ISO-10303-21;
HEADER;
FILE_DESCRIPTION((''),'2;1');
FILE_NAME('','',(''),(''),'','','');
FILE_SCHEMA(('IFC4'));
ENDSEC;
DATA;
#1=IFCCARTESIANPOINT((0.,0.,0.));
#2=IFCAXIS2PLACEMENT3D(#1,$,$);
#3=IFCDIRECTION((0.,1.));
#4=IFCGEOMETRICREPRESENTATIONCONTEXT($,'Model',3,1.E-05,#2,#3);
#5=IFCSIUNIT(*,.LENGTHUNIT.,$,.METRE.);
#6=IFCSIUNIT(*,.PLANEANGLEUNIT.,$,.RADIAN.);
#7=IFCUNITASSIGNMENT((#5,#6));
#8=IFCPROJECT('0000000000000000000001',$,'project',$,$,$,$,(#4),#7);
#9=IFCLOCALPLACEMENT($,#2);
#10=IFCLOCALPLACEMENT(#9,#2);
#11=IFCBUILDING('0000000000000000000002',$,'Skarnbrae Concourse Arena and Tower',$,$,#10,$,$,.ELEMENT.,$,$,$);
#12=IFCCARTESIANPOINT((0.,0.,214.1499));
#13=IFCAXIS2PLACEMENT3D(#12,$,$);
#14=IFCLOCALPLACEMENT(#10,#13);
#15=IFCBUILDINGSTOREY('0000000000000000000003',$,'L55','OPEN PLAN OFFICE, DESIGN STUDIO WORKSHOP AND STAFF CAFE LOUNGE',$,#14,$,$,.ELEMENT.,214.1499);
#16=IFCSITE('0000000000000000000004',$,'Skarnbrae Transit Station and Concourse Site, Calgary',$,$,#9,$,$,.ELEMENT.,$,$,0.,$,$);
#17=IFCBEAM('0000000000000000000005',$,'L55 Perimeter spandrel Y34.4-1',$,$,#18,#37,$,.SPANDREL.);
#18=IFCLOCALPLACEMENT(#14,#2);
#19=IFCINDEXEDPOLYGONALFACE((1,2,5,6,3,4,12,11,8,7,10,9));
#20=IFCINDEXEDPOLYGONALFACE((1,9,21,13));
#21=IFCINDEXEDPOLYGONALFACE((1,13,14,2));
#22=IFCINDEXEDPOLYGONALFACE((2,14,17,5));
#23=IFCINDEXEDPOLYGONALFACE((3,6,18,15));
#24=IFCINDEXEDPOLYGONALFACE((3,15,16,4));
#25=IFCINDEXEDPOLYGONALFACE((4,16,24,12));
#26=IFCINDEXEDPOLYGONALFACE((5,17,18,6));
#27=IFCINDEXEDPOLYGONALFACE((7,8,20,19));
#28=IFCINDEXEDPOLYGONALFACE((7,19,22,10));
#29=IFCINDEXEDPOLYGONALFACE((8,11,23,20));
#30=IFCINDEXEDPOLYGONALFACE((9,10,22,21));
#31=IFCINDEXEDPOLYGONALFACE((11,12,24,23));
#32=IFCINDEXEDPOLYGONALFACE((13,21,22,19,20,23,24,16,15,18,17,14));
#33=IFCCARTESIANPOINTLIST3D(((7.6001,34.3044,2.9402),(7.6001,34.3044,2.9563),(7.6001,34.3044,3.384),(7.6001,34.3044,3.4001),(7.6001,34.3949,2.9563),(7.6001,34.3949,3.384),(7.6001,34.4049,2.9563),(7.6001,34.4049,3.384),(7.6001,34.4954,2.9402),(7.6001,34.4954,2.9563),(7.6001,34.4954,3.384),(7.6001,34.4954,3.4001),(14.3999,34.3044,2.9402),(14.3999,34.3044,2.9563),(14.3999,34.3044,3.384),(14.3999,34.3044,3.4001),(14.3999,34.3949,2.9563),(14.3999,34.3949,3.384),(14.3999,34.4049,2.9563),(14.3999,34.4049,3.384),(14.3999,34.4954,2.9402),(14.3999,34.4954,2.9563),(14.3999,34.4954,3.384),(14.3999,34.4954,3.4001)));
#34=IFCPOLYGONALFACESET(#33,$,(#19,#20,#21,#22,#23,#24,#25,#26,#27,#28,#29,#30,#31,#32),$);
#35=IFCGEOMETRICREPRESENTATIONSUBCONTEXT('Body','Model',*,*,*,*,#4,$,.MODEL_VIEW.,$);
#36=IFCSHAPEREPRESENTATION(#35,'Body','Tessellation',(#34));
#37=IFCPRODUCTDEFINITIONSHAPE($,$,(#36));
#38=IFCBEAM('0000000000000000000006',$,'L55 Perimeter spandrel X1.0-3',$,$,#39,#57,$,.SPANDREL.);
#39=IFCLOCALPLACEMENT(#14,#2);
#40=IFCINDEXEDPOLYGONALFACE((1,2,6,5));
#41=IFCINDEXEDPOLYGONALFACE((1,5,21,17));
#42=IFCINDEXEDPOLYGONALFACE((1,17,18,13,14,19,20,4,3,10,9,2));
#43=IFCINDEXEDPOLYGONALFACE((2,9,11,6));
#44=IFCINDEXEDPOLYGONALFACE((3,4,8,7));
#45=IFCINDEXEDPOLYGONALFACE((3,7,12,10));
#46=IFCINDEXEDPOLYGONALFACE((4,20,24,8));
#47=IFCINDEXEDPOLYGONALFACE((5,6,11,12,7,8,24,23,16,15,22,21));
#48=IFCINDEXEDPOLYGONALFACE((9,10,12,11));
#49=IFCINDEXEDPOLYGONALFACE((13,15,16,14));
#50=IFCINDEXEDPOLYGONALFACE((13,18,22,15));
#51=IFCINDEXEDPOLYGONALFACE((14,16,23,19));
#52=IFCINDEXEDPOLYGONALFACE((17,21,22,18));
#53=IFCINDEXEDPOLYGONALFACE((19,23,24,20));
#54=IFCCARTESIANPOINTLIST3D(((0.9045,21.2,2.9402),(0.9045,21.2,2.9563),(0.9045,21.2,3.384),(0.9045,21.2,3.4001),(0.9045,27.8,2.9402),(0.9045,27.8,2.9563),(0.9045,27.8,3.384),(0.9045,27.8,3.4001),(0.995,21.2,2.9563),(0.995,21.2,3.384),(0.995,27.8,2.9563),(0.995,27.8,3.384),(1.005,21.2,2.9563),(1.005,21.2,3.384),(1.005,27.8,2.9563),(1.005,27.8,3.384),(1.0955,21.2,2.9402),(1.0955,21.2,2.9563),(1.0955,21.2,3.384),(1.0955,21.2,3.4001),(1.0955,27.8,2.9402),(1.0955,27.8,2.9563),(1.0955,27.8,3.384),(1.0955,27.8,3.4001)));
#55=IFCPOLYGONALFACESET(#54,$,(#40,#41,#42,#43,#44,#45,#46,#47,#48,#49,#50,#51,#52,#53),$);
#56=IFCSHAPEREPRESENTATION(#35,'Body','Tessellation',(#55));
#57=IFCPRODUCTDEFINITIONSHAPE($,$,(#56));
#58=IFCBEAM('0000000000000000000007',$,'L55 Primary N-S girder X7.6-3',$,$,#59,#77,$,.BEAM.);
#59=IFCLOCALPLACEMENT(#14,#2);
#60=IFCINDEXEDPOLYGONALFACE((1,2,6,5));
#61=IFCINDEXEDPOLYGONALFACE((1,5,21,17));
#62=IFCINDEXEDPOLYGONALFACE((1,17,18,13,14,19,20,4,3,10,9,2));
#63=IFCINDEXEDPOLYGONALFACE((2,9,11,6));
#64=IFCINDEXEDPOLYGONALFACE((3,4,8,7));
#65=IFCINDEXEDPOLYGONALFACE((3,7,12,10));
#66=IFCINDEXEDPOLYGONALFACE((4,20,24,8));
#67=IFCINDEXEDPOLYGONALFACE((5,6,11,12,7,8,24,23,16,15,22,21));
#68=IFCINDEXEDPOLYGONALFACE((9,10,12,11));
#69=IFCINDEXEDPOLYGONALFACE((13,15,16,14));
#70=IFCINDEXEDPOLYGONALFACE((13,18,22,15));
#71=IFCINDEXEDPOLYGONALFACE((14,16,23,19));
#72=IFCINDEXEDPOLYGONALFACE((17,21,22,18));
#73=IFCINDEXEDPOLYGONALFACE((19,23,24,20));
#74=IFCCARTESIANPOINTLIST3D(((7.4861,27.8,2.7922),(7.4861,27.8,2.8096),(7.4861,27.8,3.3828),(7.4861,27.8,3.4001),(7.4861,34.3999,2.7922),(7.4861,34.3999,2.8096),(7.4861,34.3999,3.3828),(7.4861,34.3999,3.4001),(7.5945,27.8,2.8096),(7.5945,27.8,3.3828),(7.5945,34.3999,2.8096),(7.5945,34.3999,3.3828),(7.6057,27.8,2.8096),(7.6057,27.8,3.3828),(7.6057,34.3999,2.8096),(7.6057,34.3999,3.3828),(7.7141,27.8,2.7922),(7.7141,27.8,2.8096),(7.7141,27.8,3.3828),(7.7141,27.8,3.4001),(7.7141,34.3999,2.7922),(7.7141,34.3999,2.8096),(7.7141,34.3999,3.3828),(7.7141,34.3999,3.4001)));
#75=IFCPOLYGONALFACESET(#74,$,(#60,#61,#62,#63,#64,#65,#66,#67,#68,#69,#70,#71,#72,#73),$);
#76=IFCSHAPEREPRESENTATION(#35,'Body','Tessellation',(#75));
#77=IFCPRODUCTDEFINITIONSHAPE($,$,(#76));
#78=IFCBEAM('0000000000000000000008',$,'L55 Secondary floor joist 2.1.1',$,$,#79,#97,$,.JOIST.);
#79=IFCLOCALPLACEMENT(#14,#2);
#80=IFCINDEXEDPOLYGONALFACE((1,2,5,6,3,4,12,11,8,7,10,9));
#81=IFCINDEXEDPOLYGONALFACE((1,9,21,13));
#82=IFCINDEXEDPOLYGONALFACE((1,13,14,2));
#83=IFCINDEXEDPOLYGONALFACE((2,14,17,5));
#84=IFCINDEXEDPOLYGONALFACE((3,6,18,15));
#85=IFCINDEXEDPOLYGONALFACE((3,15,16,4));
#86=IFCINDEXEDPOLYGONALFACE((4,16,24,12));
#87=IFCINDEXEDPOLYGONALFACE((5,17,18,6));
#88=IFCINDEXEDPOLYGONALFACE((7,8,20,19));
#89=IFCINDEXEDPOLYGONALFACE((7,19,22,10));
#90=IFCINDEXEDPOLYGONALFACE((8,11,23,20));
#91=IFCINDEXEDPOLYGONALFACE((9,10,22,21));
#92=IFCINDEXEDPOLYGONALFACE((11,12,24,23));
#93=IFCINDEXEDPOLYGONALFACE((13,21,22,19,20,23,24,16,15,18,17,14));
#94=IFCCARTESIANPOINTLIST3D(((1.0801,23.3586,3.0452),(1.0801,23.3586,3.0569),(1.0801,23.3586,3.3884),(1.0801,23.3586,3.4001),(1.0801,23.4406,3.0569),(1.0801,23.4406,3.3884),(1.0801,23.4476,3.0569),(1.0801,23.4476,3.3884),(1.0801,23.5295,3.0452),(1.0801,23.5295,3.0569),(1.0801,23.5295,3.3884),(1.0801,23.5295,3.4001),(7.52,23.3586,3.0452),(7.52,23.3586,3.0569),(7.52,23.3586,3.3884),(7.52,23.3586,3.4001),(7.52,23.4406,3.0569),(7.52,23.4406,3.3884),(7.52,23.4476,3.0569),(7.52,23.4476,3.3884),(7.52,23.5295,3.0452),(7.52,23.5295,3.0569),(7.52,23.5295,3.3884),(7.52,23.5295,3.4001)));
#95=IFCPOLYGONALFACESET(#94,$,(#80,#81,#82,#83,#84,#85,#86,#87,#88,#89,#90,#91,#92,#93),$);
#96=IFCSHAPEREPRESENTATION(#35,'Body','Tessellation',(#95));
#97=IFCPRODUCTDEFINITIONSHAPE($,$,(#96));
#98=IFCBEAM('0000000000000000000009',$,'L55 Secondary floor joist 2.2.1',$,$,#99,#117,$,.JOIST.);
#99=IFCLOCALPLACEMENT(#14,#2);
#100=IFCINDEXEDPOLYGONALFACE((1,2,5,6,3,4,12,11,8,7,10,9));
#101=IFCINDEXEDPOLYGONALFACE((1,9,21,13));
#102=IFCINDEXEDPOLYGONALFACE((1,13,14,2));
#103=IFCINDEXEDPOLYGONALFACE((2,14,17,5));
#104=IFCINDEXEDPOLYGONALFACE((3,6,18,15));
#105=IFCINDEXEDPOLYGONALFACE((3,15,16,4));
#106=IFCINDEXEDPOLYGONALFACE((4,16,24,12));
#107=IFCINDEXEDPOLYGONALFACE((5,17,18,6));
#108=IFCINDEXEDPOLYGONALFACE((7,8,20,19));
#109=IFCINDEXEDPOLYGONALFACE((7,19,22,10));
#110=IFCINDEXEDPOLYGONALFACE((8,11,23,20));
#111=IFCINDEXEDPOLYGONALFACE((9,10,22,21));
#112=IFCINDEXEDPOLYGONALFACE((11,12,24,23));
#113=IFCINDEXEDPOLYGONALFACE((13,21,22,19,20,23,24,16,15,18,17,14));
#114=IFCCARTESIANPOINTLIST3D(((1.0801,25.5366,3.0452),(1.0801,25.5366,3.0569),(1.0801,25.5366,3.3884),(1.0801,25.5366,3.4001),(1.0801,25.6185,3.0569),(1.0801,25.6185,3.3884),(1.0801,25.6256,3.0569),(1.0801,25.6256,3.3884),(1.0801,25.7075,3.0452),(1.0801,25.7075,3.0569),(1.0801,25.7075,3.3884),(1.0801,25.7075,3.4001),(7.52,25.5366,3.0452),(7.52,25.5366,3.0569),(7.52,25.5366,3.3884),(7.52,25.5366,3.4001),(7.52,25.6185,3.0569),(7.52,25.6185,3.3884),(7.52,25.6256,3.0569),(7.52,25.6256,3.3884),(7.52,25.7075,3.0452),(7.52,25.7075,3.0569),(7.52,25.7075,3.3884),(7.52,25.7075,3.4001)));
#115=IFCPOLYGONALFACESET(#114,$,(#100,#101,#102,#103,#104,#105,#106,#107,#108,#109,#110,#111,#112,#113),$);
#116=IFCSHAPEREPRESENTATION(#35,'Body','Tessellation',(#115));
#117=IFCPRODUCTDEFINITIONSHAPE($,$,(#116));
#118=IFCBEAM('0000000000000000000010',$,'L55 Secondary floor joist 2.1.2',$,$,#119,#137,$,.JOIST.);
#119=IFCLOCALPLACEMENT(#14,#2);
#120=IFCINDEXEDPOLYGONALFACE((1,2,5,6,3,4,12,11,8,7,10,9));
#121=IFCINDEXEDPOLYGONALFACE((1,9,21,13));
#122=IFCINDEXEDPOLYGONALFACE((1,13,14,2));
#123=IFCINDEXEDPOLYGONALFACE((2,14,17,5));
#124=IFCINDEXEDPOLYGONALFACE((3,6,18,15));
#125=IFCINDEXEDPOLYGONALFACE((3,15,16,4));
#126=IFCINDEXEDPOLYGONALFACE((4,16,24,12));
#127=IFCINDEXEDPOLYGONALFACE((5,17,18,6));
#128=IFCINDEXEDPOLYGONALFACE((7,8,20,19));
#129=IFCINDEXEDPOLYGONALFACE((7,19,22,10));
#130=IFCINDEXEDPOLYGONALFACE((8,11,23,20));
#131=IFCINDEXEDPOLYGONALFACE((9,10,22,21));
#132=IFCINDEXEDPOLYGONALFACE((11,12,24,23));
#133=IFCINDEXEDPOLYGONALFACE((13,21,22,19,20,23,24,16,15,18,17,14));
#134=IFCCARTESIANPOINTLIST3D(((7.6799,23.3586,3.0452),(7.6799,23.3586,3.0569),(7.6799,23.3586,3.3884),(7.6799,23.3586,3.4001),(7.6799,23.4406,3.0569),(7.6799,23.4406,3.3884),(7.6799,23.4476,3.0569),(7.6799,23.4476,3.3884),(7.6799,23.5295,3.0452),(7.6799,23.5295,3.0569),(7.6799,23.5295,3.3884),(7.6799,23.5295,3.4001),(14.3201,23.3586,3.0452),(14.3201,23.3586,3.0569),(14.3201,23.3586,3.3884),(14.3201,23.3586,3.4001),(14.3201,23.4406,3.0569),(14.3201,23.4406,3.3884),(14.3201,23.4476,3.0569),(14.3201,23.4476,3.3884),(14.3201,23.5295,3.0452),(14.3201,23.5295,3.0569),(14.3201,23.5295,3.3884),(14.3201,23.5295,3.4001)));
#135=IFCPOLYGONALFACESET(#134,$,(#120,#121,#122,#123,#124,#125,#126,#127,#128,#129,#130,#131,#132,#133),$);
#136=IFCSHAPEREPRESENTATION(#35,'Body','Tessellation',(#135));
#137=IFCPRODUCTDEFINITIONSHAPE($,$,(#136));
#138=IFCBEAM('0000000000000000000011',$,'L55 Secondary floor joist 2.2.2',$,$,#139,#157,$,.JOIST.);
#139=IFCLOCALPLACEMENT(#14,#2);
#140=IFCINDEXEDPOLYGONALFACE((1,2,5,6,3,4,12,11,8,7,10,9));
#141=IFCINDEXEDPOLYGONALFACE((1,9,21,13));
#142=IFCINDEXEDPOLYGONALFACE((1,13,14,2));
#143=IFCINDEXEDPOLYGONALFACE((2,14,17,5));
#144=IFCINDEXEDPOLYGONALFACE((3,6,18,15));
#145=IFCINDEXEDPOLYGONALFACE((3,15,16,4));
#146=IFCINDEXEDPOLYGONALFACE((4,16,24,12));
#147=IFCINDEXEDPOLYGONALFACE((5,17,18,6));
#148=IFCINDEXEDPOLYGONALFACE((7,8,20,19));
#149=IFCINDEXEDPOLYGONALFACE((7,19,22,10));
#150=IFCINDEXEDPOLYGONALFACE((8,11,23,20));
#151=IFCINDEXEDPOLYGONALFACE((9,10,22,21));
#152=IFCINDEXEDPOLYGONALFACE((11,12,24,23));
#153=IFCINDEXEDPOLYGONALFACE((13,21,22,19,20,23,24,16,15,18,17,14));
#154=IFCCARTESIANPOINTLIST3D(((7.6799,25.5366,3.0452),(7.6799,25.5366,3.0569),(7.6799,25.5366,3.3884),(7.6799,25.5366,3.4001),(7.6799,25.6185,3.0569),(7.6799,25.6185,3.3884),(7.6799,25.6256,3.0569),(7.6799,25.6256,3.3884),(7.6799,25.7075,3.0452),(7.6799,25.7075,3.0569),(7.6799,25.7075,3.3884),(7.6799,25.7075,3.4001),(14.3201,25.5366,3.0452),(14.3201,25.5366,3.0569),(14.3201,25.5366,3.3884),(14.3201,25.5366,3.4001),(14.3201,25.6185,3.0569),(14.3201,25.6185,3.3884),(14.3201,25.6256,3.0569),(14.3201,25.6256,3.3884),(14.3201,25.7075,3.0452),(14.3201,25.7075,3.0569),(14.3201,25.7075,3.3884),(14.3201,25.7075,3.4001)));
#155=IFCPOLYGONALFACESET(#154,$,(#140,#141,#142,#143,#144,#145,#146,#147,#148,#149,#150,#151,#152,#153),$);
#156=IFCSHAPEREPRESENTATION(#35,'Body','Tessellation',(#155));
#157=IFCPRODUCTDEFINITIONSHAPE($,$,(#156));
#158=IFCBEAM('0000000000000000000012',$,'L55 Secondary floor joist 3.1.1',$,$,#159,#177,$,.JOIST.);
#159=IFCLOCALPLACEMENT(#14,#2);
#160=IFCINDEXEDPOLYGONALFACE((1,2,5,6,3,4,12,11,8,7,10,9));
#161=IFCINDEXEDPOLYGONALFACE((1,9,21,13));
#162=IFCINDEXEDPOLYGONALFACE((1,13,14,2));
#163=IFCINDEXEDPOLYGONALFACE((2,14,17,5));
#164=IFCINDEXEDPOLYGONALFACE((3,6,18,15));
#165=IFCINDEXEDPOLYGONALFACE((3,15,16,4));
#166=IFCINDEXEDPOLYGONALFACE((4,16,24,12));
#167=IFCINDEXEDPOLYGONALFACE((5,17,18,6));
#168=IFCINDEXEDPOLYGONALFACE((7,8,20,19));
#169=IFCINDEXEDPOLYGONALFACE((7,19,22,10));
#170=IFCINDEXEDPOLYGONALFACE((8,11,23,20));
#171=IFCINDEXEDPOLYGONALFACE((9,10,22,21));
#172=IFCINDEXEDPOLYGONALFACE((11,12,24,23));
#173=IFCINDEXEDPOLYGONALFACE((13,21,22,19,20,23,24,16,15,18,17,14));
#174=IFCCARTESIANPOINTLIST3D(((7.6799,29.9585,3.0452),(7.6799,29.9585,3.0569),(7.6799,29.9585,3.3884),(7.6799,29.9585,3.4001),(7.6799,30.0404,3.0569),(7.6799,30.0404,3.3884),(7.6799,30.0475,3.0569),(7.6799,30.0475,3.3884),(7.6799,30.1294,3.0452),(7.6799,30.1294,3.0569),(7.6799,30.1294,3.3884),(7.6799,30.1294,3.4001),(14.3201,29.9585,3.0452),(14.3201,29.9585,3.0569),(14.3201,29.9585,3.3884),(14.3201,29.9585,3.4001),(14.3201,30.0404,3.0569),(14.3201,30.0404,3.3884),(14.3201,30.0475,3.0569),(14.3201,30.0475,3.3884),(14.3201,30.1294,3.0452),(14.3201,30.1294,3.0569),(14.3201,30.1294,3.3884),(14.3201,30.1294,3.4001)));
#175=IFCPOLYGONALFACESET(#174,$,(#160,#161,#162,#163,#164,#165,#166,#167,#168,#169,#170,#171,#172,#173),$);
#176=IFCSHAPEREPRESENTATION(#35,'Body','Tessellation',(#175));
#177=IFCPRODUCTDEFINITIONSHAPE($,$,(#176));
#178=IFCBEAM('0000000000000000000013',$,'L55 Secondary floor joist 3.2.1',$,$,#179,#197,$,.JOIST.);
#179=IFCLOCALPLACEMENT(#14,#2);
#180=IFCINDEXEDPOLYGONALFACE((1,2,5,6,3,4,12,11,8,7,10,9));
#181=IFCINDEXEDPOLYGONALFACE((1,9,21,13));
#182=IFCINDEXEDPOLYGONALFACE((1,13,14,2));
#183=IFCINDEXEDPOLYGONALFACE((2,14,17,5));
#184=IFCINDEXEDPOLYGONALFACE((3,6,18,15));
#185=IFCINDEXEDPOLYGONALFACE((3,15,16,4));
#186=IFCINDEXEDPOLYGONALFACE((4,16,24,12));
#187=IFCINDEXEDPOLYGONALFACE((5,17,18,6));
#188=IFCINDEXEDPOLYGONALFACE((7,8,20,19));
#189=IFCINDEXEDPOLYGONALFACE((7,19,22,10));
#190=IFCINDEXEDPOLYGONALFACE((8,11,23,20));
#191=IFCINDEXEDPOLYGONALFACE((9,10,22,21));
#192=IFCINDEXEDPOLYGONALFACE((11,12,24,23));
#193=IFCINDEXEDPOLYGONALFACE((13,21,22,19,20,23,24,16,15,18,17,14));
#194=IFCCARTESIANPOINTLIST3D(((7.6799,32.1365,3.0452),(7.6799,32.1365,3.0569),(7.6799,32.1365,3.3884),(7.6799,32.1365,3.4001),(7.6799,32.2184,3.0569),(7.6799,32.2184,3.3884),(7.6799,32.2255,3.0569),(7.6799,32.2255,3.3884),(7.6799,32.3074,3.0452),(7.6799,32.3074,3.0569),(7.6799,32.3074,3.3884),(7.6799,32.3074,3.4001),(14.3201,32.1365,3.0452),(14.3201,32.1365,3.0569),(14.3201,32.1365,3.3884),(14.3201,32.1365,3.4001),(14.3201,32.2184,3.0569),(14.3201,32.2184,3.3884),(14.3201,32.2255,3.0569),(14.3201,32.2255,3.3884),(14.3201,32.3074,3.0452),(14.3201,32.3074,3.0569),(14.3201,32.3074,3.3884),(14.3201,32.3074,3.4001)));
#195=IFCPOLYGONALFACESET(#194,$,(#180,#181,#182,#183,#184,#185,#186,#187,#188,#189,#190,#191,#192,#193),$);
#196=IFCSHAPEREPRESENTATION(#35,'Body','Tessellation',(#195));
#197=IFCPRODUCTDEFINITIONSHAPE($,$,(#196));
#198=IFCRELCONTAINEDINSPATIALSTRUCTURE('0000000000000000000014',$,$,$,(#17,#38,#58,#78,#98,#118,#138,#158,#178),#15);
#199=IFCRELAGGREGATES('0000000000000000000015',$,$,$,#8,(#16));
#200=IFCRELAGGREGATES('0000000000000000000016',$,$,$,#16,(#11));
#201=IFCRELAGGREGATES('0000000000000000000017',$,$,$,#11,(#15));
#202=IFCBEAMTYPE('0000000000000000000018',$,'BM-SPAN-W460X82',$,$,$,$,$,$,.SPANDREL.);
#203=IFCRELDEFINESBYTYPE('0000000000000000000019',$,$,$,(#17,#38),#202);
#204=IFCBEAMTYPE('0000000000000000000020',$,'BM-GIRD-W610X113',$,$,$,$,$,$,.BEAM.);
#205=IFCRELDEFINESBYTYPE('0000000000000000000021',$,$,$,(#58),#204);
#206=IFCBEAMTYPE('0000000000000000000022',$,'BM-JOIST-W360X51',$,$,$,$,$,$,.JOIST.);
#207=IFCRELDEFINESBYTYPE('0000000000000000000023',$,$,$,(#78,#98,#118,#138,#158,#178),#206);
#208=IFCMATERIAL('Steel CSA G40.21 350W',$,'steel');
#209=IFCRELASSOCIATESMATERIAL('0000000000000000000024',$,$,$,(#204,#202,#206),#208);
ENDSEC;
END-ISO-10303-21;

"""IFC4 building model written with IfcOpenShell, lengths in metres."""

from ifc_helpers import new_model, si_unit, direction, frame, origin, origin_2d, place, context, subcontext, project, spatial, i_section, extrude, source, transform, mapped, material, material_profile, profile_set, type_object, element, save


model = new_model("IFC4")

# Units and contexts
model_context = context("Model", 3, precision=1e-05, world=origin(), true_north=direction((0.0, 1.0)))
body_context = subcontext(model_context, "Body", "Model", "MODEL_VIEW")
ifc_project = project(units=[si_unit("LENGTHUNIT", "METRE"), si_unit("PLANEANGLEUNIT", "RADIAN")], contexts=[model_context])

# Site, building, storey
site_placement = place(None, origin())
site = spatial("IfcSite", under=ifc_project, at=site_placement, Name="Skarnbrae Transit Station and Concourse Site, Calgary", CompositionType="ELEMENT", RefElevation=0.0)
building_placement = place(site_placement, origin())
building = spatial("IfcBuilding", under=site, at=building_placement, Name="Skarnbrae Concourse Arena and Tower", CompositionType="ELEMENT")
storey_placement = place(building_placement, frame((0.0, 0.0, 214.1499)))
storey = spatial("IfcBuildingStorey", under=building, at=storey_placement, Name="L55", Description="OPEN PLAN OFFICE, DESIGN STUDIO WORKSHOP AND STAFF CAFE LOUNGE", CompositionType="ELEMENT", Elevation=214.1499)

# Shared definitions
ifc_material_1 = material(Name="Steel CSA G40.21 350W", Category="steel")

# Beams
ifc_material_profile_1 = material_profile(ifc_material_1, i_section(OverallWidth=0.228, OverallDepth=0.6079, WebThickness=0.0112, FlangeThickness=0.0173, at=origin_2d()), Name="W610X113")
ifc_profile_set_1 = profile_set([ifc_material_profile_1], Name="Steel CSA G40.21 350W")
beam_type_1 = type_object("IfcBeamType", Name="BM-GIRD-W610X113", PredefinedType="BEAM", material=ifc_profile_set_1)
ifc_material_profile_2 = material_profile(ifc_material_1, i_section(OverallWidth=0.1909, OverallDepth=0.46, WebThickness=0.01, FlangeThickness=0.0161, at=origin_2d()), Name="W460X82")
ifc_profile_set_2 = profile_set([ifc_material_profile_2], Name="Steel CSA G40.21 350W")
beam_type_2 = type_object("IfcBeamType", Name="BM-SPAN-W460X82", PredefinedType="SPANDREL", material=ifc_profile_set_2)
shared_shape_1 = source(origin(), body_context, "Body", "SweptSolid", [
    extrude(i_section(OverallWidth=0.1909, OverallDepth=0.46, WebThickness=0.01, FlangeThickness=0.0161, at=origin_2d()), origin(), (0.0, 0.0, 1.0), 6.7998),
])
beam_1_placement = place(storey_placement, frame((7.6001, 34.3999, 3.1702), z_axis=(1.0, 0.0, 0.0), x_axis=(0.0, 1.0, 0.0)))
element("IfcBeam", 1, at=beam_1_placement, inside=storey, type_object=beam_type_2, Name="L55 Perimeter spandrel Y34.4-1", PredefinedType="SPANDREL", context=body_context, shape_type="MappedRepresentation", body=[
    mapped(shared_shape_1, transform((0.0, 0.0, 0.0))),
])
shared_shape_2 = source(origin(), body_context, "Body", "SweptSolid", [
    extrude(i_section(OverallWidth=0.1909, OverallDepth=0.46, WebThickness=0.01, FlangeThickness=0.0161, at=origin_2d()), origin(), (0.0, 0.0, 1.0), 6.6001),
])
beam_2_placement = place(storey_placement, frame((1.0, 21.2, 3.1702), z_axis=(0.0, 1.0, 0.0), x_axis=(-1.0, 0.0, 0.0)))
element("IfcBeam", 2, at=beam_2_placement, inside=storey, type_object=beam_type_2, Name="L55 Perimeter spandrel X1.0-3", PredefinedType="SPANDREL", context=body_context, shape_type="MappedRepresentation", body=[
    mapped(shared_shape_2, transform((0.0, 0.0, 0.0))),
])
shared_shape_3 = source(origin(), body_context, "Body", "SweptSolid", [
    extrude(i_section(OverallWidth=0.228, OverallDepth=0.6079, WebThickness=0.0112, FlangeThickness=0.0173, at=origin_2d()), origin(), (0.0, 0.0, 1.0), 6.5999),
])
beam_3_placement = place(storey_placement, frame((7.6001, 27.8, 3.0962), z_axis=(0.0, 1.0, 0.0), x_axis=(-1.0, 0.0, 0.0)))
element("IfcBeam", 3, at=beam_3_placement, inside=storey, type_object=beam_type_1, Name="L55 Primary N-S girder X7.6-3", PredefinedType="BEAM", context=body_context, shape_type="MappedRepresentation", body=[
    mapped(shared_shape_3, transform((0.0, 0.0, 0.0))),
])
ifc_material_profile_3 = material_profile(ifc_material_1, i_section(OverallWidth=0.1709, OverallDepth=0.355, WebThickness=0.0071, FlangeThickness=0.0117, at=origin_2d()), Name="W360X51")
ifc_profile_set_3 = profile_set([ifc_material_profile_3], Name="Steel CSA G40.21 350W")
beam_type_3 = type_object("IfcBeamType", Name="BM-JOIST-W360X51", PredefinedType="JOIST", material=ifc_profile_set_3)
shared_shape_4 = source(origin(), body_context, "Body", "SweptSolid", [
    extrude(i_section(OverallWidth=0.1709, OverallDepth=0.355, WebThickness=0.0071, FlangeThickness=0.0117, at=origin_2d()), origin(), (0.0, 0.0, 1.0), 6.4399),
])
for number, where, z_axis, x_axis, name in (
    (4, (1.0801, 23.4441, 3.2227), (1.0, 0.0, 0.0), (0.0, 1.0, 0.0), "L55 Secondary floor joist 2.1.1"),
    (5, (1.0801, 25.6221, 3.2227), (1.0, 0.0, 0.0), (0.0, 1.0, 0.0), "L55 Secondary floor joist 2.2.1"),
):
    element("IfcBeam", number, at=place(storey_placement, frame(where, z_axis=z_axis, x_axis=x_axis)), inside=storey, type_object=beam_type_3, Name=name, PredefinedType="JOIST", context=body_context, shape_type="MappedRepresentation", body=[
        mapped(shared_shape_4, transform((0.0, 0.0, 0.0))),
    ])
shared_shape_5 = source(origin(), body_context, "Body", "SweptSolid", [
    extrude(i_section(OverallWidth=0.1709, OverallDepth=0.355, WebThickness=0.0071, FlangeThickness=0.0117, at=origin_2d()), origin(), (0.0, 0.0, 1.0), 6.6401),
])
for number, where, z_axis, x_axis, name in (
    (6, (7.6799, 23.4441, 3.2227), (1.0, 0.0, 0.0), (0.0, 1.0, 0.0), "L55 Secondary floor joist 2.1.2"),
    (7, (7.6799, 25.6221, 3.2227), (1.0, 0.0, 0.0), (0.0, 1.0, 0.0), "L55 Secondary floor joist 2.2.2"),
    (8, (7.6799, 30.0439, 3.2227), (1.0, 0.0, 0.0), (0.0, 1.0, 0.0), "L55 Secondary floor joist 3.1.1"),
    (9, (7.6799, 32.2219, 3.2227), (1.0, 0.0, 0.0), (0.0, 1.0, 0.0), "L55 Secondary floor joist 3.2.1"),
):
    element("IfcBeam", number, at=place(storey_placement, frame(where, z_axis=z_axis, x_axis=x_axis)), inside=storey, type_object=beam_type_3, Name=name, PredefinedType="JOIST", context=body_context, shape_type="MappedRepresentation", body=[
        mapped(shared_shape_5, transform((0.0, 0.0, 0.0))),
    ])

save(model, "model.ifc")
